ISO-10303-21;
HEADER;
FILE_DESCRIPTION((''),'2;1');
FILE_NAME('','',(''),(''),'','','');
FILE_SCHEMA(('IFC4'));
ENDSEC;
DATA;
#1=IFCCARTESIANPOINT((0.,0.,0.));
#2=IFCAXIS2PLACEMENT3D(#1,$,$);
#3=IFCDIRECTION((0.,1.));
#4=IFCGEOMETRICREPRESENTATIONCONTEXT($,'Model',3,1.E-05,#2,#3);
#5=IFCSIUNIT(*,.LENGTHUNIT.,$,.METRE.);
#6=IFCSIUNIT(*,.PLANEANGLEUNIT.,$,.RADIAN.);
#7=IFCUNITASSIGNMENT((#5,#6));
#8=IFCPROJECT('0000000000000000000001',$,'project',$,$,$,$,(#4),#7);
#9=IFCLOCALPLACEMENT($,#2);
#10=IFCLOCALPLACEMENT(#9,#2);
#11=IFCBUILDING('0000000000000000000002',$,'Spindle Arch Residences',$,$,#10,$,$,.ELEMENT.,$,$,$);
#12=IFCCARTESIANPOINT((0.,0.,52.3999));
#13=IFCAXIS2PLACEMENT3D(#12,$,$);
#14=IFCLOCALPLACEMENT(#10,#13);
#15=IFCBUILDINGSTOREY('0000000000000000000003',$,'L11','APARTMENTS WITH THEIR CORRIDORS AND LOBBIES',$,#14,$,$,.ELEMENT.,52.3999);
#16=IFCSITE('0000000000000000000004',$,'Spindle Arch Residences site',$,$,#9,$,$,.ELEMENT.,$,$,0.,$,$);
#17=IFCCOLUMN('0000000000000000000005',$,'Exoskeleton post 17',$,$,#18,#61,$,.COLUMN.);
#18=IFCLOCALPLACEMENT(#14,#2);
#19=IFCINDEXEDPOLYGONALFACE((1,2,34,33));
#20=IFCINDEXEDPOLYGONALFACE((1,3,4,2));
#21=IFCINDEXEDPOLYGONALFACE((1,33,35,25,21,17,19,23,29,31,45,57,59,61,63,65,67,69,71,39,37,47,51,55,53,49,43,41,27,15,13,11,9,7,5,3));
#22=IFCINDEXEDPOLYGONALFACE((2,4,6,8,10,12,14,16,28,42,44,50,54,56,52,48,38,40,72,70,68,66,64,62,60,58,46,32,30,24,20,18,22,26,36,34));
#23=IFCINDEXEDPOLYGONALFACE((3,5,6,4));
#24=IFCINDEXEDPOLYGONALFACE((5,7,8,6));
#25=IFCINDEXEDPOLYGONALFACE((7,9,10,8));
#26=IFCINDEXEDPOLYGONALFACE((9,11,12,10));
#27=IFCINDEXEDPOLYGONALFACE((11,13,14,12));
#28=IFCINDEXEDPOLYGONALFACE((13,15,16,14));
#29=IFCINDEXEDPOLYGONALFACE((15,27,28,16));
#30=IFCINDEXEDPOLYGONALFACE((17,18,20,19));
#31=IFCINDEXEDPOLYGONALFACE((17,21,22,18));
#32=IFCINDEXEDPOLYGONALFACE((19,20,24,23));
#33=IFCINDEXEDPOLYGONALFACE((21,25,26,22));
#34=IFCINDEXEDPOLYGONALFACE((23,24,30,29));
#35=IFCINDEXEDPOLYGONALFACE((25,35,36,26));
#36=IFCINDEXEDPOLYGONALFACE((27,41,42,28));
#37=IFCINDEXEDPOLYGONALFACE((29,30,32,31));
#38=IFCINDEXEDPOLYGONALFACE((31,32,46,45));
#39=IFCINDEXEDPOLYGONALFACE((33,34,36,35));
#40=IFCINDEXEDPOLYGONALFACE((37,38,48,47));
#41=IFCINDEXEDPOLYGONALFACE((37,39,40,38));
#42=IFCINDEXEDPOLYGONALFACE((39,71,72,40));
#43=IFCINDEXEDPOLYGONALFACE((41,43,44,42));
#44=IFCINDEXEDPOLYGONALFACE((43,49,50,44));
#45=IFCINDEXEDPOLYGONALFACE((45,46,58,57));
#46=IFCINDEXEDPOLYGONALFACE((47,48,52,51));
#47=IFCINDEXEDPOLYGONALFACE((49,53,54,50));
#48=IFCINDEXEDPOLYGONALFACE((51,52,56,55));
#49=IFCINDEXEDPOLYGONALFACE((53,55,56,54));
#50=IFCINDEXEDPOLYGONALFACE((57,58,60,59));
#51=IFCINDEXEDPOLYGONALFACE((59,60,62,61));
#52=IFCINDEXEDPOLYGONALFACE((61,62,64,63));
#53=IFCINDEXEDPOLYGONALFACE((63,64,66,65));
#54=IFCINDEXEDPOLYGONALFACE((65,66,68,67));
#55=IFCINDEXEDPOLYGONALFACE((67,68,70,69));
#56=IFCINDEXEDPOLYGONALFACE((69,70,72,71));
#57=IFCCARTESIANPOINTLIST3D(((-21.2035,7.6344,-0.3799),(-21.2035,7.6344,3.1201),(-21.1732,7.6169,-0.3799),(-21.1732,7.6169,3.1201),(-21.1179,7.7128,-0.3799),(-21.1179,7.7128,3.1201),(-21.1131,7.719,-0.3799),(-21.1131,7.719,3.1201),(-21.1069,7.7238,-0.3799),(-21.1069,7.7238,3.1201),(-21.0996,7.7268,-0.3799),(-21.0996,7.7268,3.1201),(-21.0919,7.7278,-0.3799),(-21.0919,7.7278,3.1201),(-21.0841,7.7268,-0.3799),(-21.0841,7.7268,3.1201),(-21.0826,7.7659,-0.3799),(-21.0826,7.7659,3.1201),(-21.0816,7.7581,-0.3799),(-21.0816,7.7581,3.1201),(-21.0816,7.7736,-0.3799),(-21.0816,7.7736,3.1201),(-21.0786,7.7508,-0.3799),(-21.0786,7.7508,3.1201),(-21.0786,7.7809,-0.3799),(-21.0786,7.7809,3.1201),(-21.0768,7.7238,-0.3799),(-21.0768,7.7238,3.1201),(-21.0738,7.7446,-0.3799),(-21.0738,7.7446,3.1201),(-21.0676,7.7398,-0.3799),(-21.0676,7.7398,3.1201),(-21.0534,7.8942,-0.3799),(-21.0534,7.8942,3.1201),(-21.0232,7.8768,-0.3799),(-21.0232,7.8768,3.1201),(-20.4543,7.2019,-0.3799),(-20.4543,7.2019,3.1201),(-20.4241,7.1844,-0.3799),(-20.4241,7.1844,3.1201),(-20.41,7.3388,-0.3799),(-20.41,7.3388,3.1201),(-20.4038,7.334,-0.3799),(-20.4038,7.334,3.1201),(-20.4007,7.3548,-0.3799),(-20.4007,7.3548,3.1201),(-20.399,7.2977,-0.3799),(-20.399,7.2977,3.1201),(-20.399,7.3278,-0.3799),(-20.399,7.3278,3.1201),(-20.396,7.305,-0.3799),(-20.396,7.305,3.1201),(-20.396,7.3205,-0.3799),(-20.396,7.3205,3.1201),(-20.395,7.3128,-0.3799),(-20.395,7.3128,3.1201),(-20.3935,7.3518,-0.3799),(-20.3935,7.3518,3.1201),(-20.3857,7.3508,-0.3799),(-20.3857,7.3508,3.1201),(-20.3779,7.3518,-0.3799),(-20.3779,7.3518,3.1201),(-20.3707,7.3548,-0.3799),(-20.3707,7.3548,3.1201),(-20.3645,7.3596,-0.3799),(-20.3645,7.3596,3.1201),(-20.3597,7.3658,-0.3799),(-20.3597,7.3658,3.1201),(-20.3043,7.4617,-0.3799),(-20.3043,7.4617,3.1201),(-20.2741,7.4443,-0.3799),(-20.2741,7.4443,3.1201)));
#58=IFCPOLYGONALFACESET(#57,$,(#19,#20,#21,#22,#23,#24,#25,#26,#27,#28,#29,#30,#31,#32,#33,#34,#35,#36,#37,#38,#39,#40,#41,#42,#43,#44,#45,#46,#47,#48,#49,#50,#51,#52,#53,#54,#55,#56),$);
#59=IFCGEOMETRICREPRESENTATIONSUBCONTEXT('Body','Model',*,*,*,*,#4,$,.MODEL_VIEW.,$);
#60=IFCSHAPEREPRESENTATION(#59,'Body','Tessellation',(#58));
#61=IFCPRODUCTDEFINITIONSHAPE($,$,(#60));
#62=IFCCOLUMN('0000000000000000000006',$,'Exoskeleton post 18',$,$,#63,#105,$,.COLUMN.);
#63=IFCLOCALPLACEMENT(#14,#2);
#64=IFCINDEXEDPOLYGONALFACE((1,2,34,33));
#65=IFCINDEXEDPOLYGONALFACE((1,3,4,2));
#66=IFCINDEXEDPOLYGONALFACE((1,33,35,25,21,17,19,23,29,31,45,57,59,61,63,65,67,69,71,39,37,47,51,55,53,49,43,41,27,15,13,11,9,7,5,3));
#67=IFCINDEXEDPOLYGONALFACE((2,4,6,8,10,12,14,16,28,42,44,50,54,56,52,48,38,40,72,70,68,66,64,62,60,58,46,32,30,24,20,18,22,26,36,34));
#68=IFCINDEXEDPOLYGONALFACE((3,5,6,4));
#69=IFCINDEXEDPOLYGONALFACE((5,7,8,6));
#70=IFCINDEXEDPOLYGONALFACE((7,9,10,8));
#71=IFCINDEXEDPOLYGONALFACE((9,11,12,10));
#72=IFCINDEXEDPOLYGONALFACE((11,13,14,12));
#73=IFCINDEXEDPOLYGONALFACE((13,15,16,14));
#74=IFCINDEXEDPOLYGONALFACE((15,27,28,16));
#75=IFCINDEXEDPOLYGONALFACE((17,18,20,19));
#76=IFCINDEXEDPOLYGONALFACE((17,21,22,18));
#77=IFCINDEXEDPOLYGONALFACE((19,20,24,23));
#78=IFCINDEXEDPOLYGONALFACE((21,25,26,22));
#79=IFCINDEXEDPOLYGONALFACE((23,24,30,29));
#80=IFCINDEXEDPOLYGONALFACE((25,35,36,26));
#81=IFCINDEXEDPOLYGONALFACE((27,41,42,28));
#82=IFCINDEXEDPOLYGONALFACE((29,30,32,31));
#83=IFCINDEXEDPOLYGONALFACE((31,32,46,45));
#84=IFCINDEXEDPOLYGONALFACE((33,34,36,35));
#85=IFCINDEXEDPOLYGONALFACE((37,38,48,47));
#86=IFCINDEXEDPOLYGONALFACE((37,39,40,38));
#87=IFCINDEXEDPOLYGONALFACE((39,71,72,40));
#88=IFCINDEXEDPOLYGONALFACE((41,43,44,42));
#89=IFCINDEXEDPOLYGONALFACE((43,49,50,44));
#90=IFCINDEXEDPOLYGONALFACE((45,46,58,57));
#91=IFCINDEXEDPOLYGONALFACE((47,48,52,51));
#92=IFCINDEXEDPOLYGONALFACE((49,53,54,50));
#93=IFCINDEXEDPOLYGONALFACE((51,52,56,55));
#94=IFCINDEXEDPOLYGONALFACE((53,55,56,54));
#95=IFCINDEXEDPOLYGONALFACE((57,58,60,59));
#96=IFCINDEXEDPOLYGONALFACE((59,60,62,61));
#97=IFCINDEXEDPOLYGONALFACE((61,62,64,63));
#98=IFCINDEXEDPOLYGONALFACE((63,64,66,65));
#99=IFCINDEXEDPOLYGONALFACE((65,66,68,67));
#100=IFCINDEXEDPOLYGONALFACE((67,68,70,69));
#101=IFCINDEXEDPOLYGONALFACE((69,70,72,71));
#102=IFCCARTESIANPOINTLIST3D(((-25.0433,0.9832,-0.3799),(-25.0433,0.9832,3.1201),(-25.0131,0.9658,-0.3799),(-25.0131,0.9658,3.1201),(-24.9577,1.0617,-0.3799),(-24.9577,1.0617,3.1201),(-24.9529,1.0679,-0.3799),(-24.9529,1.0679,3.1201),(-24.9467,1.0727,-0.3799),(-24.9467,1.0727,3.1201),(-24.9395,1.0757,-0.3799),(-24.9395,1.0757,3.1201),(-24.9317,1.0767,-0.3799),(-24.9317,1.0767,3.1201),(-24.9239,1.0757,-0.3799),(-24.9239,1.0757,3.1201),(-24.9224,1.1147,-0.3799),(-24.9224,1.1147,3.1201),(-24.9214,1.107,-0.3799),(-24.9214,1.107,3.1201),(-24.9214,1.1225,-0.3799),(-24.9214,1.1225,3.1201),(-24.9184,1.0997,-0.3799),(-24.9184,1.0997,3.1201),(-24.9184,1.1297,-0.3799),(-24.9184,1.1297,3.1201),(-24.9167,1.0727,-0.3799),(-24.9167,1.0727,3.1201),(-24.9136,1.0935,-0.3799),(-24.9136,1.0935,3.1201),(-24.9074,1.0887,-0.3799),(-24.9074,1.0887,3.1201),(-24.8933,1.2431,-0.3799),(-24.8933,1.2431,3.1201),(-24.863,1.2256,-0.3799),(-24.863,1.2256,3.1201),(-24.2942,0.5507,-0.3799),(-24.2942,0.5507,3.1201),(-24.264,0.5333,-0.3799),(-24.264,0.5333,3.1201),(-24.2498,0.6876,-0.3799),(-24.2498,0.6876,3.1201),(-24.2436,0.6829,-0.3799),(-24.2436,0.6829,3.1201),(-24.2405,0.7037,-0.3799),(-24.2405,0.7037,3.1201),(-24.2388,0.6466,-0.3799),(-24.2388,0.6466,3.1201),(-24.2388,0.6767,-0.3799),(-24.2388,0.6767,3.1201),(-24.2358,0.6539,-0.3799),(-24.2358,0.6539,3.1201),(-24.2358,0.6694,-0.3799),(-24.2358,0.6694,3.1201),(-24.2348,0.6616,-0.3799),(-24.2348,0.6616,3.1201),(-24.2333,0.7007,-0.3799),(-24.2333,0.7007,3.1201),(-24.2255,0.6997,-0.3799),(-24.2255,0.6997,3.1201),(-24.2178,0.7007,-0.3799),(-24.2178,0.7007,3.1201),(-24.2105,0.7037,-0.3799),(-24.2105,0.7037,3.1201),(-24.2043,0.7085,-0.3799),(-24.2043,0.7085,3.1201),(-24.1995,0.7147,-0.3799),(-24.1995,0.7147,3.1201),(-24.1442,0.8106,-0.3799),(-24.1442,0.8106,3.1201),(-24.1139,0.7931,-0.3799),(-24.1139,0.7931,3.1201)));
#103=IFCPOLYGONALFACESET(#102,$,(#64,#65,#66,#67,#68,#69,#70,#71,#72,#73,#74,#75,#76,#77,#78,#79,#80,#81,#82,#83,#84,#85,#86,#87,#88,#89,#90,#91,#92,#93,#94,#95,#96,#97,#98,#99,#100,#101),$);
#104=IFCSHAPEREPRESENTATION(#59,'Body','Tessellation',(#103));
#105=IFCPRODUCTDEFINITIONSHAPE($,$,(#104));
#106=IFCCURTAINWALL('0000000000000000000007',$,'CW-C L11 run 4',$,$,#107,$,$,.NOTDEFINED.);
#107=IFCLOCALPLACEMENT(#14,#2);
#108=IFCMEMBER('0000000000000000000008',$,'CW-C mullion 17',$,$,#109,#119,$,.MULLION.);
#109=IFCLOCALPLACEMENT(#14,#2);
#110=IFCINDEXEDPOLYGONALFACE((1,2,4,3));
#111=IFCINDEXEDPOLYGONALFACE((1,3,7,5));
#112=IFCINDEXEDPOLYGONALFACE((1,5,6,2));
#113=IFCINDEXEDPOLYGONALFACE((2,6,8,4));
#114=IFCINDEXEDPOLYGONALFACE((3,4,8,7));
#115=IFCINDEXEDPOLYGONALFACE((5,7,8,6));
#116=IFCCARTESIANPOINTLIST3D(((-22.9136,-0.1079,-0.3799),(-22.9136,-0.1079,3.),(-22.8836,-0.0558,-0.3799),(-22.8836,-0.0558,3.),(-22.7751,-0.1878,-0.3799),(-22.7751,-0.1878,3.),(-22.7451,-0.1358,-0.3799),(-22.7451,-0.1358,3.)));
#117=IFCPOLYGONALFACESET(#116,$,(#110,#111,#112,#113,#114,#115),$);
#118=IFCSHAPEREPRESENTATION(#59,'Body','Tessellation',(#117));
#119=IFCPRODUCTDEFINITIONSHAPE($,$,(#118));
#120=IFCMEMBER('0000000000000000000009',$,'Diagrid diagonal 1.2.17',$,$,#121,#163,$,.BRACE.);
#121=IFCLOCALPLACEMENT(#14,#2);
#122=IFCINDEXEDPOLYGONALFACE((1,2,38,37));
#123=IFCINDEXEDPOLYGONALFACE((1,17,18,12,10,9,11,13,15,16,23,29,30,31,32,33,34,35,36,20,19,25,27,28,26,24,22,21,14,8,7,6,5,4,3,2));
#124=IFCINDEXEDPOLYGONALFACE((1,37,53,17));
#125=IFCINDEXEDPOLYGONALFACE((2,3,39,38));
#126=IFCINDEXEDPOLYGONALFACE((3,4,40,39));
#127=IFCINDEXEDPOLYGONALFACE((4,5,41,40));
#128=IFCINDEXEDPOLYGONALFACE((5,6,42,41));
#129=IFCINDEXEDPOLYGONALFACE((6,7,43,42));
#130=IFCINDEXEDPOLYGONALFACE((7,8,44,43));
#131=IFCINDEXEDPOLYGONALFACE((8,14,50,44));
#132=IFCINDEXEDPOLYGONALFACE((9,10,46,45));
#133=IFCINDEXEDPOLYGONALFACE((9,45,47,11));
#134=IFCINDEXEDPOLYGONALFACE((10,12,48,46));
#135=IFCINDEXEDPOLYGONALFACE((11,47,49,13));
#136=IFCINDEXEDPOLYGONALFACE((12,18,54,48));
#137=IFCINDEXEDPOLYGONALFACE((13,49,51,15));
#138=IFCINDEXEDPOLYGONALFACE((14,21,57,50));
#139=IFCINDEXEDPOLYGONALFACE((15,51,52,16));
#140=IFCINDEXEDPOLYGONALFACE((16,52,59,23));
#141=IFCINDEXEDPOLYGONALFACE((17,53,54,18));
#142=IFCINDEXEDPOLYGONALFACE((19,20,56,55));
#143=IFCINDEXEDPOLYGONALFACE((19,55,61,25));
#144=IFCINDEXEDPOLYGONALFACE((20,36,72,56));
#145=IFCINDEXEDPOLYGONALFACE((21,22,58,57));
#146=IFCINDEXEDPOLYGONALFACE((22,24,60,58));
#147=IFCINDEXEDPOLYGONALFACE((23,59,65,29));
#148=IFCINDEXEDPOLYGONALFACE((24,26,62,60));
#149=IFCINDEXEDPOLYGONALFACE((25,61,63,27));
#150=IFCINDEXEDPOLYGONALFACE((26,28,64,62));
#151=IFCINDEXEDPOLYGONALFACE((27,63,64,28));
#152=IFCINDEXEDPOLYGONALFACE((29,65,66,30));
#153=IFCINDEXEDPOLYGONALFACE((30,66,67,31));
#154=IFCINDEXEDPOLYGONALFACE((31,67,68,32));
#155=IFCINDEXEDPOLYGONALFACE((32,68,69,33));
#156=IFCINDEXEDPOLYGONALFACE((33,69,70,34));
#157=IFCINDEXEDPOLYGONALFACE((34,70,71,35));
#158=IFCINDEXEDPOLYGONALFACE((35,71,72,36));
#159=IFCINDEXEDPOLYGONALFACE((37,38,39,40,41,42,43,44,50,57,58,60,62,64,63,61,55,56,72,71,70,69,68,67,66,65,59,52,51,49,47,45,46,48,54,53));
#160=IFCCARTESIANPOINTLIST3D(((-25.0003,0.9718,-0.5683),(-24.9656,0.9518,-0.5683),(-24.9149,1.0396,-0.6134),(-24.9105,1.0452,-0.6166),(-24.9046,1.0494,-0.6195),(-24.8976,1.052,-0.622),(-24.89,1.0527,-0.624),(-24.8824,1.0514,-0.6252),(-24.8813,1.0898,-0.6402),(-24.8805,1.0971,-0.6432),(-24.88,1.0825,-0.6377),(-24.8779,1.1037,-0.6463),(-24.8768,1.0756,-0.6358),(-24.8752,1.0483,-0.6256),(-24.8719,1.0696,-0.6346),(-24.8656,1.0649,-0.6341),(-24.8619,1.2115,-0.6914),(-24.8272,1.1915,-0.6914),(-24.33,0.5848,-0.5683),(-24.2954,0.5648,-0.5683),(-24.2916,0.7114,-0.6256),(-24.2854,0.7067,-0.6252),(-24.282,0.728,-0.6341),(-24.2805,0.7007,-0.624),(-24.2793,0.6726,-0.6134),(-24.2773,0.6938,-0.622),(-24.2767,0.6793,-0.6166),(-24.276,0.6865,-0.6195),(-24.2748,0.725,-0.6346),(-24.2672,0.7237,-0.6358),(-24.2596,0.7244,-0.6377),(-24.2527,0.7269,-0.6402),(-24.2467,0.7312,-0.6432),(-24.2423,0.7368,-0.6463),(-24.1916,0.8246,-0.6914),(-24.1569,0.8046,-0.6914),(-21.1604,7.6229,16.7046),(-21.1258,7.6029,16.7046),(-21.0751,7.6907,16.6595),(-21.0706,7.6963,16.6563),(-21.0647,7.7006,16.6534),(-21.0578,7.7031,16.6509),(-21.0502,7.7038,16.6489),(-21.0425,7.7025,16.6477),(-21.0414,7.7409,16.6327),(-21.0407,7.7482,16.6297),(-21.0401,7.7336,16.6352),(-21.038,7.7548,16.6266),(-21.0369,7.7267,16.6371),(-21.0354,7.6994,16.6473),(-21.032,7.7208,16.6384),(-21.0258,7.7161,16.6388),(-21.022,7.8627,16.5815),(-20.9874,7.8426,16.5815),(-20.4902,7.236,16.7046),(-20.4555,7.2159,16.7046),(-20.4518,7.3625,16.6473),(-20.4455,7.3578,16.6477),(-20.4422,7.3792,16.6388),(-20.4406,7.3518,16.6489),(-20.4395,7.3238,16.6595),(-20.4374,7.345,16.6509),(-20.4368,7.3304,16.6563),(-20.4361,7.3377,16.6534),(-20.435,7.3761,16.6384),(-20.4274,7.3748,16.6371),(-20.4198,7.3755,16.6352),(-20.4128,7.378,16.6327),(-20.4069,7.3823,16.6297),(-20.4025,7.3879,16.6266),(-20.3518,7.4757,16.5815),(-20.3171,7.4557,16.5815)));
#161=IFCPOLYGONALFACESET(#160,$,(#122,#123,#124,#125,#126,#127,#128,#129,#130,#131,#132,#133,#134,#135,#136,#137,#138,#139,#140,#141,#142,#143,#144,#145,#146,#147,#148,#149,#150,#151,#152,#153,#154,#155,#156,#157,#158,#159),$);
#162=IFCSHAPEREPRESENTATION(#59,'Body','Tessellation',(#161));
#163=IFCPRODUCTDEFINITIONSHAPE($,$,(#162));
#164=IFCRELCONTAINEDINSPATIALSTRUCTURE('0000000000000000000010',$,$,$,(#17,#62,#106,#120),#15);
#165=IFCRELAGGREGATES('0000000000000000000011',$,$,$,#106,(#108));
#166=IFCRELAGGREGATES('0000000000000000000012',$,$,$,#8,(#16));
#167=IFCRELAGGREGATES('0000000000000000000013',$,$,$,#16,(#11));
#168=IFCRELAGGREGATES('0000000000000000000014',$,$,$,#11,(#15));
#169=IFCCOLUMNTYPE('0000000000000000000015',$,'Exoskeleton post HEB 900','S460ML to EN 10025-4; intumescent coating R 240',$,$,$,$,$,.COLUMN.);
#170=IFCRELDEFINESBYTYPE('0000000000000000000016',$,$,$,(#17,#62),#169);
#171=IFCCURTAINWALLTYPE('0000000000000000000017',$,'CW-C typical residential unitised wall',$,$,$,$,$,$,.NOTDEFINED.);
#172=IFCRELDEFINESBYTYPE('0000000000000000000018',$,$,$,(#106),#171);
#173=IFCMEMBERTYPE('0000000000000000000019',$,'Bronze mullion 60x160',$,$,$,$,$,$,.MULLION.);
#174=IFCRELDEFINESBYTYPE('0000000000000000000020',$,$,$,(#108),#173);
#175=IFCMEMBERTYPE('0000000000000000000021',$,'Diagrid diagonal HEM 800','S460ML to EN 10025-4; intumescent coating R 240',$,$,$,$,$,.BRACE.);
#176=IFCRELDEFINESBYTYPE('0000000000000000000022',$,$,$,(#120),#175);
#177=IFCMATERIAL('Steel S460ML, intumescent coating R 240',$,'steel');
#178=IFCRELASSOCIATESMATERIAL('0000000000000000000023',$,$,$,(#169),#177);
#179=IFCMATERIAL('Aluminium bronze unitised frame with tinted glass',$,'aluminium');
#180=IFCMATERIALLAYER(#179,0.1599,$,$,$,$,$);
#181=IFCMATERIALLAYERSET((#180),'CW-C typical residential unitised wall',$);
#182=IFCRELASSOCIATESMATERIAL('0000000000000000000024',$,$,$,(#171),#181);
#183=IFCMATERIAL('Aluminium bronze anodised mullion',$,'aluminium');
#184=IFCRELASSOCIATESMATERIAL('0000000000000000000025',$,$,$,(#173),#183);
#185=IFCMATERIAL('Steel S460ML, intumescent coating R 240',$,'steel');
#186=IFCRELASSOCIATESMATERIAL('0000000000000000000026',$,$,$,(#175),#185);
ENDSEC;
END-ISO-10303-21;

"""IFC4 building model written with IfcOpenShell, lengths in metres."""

from ifc_helpers import new_model, si_unit, direction, frame, origin, origin_2d, place, context, subcontext, project, spatial, rectangle, i_section, extrude, material, layer, layer_set, material_profile, profile_set, type_object, element, aggregate, save


model = new_model("IFC4")

# Units and contexts
model_context = context("Model", 3, precision=1e-05, world=origin(), true_north=direction((0.0, 1.0)))
body_context = subcontext(model_context, "Body", "Model", "MODEL_VIEW")
ifc_project = project(units=[si_unit("LENGTHUNIT", "METRE"), si_unit("PLANEANGLEUNIT", "RADIAN")], contexts=[model_context])

# Site, building, storey
site_placement = place(None, origin())
site = spatial("IfcSite", under=ifc_project, at=site_placement, Name="Spindle Arch Residences site", CompositionType="ELEMENT", RefElevation=0.0)
building_placement = place(site_placement, origin())
building = spatial("IfcBuilding", under=site, at=building_placement, Name="Spindle Arch Residences", CompositionType="ELEMENT")
storey_placement = place(building_placement, frame((0.0, 0.0, 52.3999)))
storey = spatial("IfcBuildingStorey", under=building, at=storey_placement, Name="L11", Description="APARTMENTS WITH THEIR CORRIDORS AND LOBBIES", CompositionType="ELEMENT", Elevation=52.3999)

# Columns
ifc_material_1 = material(Name="Steel S460ML, intumescent coating R 240", Category="steel")
ifc_material_profile_1 = material_profile(ifc_material_1, i_section(OverallWidth=0.3, OverallDepth=0.8999, WebThickness=0.0186, FlangeThickness=0.0349, FilletRadius=0.03, at=origin_2d()), Name="HEB 900")
ifc_profile_set_1 = profile_set([ifc_material_profile_1], Name="Steel S460ML, intumescent coating R 240")
column_type = type_object("IfcColumnType", Name="Exoskeleton post HEB 900", Description="S460ML to EN 10025-4; intumescent coating R 240", PredefinedType="COLUMN", material=ifc_profile_set_1)
for number, where, z_axis, x_axis, name in (
    (1, (-20.7388, 7.5393, -0.3799), (0.0, 0.0, 1.0), (0.5, 0.866025, 0.0), "Exoskeleton post 17"),
    (2, (-24.5786, 0.8882, -0.3799), (0.0, 0.0, 1.0), (0.5, 0.866025, 0.0), "Exoskeleton post 18"),
):
    element("IfcColumn", number, at=place(storey_placement, frame(where, z_axis=z_axis, x_axis=x_axis)), inside=storey, type_object=column_type, Name=name, PredefinedType="COLUMN", context=body_context, shape_type="SweptSolid", body=[
        extrude(i_section(OverallWidth=0.3, OverallDepth=0.8999, WebThickness=0.0186, FlangeThickness=0.0349, FilletRadius=0.03, at=origin_2d()), origin(), (0.0, 0.0, 1.0), 3.5),
    ])

# Curtain wall, member
ifc_material_2 = material(Name="Aluminium bronze unitised frame with tinted glass", Category="aluminium")
ifc_layer_1 = layer(ifc_material_2, 0.1599)
ifc_layer_set_1 = layer_set([ifc_layer_1], Name="CW-C typical residential unitised wall")
curtain_wall_type = type_object("IfcCurtainWallType", Name="CW-C typical residential unitised wall", PredefinedType="NOTDEFINED", material=ifc_layer_set_1)
curtain_wall_placement = place(storey_placement, origin())
curtain_wall = element("IfcCurtainWall", 3, at=curtain_wall_placement, inside=storey, type_object=curtain_wall_type, Name="CW-C L11 run 4", PredefinedType="NOTDEFINED")
ifc_material_3 = material(Name="Aluminium bronze anodised mullion", Category="aluminium")
ifc_material_profile_2 = material_profile(ifc_material_3, rectangle(XDim=0.1599, YDim=0.0601, at=origin_2d()), Name="MU 60x160")
ifc_profile_set_2 = profile_set([ifc_material_profile_2], Name="Aluminium bronze anodised mullion")
member_type_1 = type_object("IfcMemberType", Name="Bronze mullion 60x160", PredefinedType="MULLION", material=ifc_profile_set_2)
member_placement = place(storey_placement, frame((-22.8293, -0.1218, -0.3799), z_axis=(0.0, 0.0, 1.0), x_axis=(0.866025, -0.5, 0.0)))
member = element("IfcMember", 4, at=member_placement, type_object=member_type_1, Name="CW-C mullion 17", PredefinedType="MULLION", context=body_context, shape_type="SweptSolid", body=[
    extrude(rectangle(XDim=0.1599, YDim=0.0601, at=origin_2d()), origin(), (0.0, 0.0, 1.0), 3.3799),
])

# Member
ifc_material_4 = material(Name="Steel S460ML, intumescent coating R 240", Category="steel")
ifc_material_profile_3 = material_profile(ifc_material_4, i_section(OverallWidth=0.303, OverallDepth=0.814, WebThickness=0.021, FlangeThickness=0.04, FilletRadius=0.03, at=origin_2d()), Name="HEM 800")
ifc_profile_set_3 = profile_set([ifc_material_profile_3], Name="Steel S460ML, intumescent coating R 240")
member_type_2 = type_object("IfcMemberType", Name="Diagrid diagonal HEM 800", Description="S460ML to EN 10025-4; intumescent coating R 240", PredefinedType="BRACE", material=ifc_profile_set_3)
for number, where, z_axis, x_axis, name in (
    (5, (-24.5786, 0.8882, -0.6299), (0.20313, 0.351849, 0.913751), (-0.456859, -0.791341, 0.406275), "Diagrid diagonal 1.2.17"),
):
    element("IfcMember", number, at=place(storey_placement, frame(where, z_axis=z_axis, x_axis=x_axis)), inside=storey, type_object=member_type_2, Name=name, PredefinedType="BRACE", context=body_context, shape_type="SweptSolid", body=[
        extrude(i_section(OverallWidth=0.303, OverallDepth=0.814, WebThickness=0.021, FlangeThickness=0.04, FilletRadius=0.03, at=origin_2d()), origin(), (0.0, 0.0, 1.0), 18.9033),
    ])

aggregate(curtain_wall, [member])

save(model, "model.ifc")
